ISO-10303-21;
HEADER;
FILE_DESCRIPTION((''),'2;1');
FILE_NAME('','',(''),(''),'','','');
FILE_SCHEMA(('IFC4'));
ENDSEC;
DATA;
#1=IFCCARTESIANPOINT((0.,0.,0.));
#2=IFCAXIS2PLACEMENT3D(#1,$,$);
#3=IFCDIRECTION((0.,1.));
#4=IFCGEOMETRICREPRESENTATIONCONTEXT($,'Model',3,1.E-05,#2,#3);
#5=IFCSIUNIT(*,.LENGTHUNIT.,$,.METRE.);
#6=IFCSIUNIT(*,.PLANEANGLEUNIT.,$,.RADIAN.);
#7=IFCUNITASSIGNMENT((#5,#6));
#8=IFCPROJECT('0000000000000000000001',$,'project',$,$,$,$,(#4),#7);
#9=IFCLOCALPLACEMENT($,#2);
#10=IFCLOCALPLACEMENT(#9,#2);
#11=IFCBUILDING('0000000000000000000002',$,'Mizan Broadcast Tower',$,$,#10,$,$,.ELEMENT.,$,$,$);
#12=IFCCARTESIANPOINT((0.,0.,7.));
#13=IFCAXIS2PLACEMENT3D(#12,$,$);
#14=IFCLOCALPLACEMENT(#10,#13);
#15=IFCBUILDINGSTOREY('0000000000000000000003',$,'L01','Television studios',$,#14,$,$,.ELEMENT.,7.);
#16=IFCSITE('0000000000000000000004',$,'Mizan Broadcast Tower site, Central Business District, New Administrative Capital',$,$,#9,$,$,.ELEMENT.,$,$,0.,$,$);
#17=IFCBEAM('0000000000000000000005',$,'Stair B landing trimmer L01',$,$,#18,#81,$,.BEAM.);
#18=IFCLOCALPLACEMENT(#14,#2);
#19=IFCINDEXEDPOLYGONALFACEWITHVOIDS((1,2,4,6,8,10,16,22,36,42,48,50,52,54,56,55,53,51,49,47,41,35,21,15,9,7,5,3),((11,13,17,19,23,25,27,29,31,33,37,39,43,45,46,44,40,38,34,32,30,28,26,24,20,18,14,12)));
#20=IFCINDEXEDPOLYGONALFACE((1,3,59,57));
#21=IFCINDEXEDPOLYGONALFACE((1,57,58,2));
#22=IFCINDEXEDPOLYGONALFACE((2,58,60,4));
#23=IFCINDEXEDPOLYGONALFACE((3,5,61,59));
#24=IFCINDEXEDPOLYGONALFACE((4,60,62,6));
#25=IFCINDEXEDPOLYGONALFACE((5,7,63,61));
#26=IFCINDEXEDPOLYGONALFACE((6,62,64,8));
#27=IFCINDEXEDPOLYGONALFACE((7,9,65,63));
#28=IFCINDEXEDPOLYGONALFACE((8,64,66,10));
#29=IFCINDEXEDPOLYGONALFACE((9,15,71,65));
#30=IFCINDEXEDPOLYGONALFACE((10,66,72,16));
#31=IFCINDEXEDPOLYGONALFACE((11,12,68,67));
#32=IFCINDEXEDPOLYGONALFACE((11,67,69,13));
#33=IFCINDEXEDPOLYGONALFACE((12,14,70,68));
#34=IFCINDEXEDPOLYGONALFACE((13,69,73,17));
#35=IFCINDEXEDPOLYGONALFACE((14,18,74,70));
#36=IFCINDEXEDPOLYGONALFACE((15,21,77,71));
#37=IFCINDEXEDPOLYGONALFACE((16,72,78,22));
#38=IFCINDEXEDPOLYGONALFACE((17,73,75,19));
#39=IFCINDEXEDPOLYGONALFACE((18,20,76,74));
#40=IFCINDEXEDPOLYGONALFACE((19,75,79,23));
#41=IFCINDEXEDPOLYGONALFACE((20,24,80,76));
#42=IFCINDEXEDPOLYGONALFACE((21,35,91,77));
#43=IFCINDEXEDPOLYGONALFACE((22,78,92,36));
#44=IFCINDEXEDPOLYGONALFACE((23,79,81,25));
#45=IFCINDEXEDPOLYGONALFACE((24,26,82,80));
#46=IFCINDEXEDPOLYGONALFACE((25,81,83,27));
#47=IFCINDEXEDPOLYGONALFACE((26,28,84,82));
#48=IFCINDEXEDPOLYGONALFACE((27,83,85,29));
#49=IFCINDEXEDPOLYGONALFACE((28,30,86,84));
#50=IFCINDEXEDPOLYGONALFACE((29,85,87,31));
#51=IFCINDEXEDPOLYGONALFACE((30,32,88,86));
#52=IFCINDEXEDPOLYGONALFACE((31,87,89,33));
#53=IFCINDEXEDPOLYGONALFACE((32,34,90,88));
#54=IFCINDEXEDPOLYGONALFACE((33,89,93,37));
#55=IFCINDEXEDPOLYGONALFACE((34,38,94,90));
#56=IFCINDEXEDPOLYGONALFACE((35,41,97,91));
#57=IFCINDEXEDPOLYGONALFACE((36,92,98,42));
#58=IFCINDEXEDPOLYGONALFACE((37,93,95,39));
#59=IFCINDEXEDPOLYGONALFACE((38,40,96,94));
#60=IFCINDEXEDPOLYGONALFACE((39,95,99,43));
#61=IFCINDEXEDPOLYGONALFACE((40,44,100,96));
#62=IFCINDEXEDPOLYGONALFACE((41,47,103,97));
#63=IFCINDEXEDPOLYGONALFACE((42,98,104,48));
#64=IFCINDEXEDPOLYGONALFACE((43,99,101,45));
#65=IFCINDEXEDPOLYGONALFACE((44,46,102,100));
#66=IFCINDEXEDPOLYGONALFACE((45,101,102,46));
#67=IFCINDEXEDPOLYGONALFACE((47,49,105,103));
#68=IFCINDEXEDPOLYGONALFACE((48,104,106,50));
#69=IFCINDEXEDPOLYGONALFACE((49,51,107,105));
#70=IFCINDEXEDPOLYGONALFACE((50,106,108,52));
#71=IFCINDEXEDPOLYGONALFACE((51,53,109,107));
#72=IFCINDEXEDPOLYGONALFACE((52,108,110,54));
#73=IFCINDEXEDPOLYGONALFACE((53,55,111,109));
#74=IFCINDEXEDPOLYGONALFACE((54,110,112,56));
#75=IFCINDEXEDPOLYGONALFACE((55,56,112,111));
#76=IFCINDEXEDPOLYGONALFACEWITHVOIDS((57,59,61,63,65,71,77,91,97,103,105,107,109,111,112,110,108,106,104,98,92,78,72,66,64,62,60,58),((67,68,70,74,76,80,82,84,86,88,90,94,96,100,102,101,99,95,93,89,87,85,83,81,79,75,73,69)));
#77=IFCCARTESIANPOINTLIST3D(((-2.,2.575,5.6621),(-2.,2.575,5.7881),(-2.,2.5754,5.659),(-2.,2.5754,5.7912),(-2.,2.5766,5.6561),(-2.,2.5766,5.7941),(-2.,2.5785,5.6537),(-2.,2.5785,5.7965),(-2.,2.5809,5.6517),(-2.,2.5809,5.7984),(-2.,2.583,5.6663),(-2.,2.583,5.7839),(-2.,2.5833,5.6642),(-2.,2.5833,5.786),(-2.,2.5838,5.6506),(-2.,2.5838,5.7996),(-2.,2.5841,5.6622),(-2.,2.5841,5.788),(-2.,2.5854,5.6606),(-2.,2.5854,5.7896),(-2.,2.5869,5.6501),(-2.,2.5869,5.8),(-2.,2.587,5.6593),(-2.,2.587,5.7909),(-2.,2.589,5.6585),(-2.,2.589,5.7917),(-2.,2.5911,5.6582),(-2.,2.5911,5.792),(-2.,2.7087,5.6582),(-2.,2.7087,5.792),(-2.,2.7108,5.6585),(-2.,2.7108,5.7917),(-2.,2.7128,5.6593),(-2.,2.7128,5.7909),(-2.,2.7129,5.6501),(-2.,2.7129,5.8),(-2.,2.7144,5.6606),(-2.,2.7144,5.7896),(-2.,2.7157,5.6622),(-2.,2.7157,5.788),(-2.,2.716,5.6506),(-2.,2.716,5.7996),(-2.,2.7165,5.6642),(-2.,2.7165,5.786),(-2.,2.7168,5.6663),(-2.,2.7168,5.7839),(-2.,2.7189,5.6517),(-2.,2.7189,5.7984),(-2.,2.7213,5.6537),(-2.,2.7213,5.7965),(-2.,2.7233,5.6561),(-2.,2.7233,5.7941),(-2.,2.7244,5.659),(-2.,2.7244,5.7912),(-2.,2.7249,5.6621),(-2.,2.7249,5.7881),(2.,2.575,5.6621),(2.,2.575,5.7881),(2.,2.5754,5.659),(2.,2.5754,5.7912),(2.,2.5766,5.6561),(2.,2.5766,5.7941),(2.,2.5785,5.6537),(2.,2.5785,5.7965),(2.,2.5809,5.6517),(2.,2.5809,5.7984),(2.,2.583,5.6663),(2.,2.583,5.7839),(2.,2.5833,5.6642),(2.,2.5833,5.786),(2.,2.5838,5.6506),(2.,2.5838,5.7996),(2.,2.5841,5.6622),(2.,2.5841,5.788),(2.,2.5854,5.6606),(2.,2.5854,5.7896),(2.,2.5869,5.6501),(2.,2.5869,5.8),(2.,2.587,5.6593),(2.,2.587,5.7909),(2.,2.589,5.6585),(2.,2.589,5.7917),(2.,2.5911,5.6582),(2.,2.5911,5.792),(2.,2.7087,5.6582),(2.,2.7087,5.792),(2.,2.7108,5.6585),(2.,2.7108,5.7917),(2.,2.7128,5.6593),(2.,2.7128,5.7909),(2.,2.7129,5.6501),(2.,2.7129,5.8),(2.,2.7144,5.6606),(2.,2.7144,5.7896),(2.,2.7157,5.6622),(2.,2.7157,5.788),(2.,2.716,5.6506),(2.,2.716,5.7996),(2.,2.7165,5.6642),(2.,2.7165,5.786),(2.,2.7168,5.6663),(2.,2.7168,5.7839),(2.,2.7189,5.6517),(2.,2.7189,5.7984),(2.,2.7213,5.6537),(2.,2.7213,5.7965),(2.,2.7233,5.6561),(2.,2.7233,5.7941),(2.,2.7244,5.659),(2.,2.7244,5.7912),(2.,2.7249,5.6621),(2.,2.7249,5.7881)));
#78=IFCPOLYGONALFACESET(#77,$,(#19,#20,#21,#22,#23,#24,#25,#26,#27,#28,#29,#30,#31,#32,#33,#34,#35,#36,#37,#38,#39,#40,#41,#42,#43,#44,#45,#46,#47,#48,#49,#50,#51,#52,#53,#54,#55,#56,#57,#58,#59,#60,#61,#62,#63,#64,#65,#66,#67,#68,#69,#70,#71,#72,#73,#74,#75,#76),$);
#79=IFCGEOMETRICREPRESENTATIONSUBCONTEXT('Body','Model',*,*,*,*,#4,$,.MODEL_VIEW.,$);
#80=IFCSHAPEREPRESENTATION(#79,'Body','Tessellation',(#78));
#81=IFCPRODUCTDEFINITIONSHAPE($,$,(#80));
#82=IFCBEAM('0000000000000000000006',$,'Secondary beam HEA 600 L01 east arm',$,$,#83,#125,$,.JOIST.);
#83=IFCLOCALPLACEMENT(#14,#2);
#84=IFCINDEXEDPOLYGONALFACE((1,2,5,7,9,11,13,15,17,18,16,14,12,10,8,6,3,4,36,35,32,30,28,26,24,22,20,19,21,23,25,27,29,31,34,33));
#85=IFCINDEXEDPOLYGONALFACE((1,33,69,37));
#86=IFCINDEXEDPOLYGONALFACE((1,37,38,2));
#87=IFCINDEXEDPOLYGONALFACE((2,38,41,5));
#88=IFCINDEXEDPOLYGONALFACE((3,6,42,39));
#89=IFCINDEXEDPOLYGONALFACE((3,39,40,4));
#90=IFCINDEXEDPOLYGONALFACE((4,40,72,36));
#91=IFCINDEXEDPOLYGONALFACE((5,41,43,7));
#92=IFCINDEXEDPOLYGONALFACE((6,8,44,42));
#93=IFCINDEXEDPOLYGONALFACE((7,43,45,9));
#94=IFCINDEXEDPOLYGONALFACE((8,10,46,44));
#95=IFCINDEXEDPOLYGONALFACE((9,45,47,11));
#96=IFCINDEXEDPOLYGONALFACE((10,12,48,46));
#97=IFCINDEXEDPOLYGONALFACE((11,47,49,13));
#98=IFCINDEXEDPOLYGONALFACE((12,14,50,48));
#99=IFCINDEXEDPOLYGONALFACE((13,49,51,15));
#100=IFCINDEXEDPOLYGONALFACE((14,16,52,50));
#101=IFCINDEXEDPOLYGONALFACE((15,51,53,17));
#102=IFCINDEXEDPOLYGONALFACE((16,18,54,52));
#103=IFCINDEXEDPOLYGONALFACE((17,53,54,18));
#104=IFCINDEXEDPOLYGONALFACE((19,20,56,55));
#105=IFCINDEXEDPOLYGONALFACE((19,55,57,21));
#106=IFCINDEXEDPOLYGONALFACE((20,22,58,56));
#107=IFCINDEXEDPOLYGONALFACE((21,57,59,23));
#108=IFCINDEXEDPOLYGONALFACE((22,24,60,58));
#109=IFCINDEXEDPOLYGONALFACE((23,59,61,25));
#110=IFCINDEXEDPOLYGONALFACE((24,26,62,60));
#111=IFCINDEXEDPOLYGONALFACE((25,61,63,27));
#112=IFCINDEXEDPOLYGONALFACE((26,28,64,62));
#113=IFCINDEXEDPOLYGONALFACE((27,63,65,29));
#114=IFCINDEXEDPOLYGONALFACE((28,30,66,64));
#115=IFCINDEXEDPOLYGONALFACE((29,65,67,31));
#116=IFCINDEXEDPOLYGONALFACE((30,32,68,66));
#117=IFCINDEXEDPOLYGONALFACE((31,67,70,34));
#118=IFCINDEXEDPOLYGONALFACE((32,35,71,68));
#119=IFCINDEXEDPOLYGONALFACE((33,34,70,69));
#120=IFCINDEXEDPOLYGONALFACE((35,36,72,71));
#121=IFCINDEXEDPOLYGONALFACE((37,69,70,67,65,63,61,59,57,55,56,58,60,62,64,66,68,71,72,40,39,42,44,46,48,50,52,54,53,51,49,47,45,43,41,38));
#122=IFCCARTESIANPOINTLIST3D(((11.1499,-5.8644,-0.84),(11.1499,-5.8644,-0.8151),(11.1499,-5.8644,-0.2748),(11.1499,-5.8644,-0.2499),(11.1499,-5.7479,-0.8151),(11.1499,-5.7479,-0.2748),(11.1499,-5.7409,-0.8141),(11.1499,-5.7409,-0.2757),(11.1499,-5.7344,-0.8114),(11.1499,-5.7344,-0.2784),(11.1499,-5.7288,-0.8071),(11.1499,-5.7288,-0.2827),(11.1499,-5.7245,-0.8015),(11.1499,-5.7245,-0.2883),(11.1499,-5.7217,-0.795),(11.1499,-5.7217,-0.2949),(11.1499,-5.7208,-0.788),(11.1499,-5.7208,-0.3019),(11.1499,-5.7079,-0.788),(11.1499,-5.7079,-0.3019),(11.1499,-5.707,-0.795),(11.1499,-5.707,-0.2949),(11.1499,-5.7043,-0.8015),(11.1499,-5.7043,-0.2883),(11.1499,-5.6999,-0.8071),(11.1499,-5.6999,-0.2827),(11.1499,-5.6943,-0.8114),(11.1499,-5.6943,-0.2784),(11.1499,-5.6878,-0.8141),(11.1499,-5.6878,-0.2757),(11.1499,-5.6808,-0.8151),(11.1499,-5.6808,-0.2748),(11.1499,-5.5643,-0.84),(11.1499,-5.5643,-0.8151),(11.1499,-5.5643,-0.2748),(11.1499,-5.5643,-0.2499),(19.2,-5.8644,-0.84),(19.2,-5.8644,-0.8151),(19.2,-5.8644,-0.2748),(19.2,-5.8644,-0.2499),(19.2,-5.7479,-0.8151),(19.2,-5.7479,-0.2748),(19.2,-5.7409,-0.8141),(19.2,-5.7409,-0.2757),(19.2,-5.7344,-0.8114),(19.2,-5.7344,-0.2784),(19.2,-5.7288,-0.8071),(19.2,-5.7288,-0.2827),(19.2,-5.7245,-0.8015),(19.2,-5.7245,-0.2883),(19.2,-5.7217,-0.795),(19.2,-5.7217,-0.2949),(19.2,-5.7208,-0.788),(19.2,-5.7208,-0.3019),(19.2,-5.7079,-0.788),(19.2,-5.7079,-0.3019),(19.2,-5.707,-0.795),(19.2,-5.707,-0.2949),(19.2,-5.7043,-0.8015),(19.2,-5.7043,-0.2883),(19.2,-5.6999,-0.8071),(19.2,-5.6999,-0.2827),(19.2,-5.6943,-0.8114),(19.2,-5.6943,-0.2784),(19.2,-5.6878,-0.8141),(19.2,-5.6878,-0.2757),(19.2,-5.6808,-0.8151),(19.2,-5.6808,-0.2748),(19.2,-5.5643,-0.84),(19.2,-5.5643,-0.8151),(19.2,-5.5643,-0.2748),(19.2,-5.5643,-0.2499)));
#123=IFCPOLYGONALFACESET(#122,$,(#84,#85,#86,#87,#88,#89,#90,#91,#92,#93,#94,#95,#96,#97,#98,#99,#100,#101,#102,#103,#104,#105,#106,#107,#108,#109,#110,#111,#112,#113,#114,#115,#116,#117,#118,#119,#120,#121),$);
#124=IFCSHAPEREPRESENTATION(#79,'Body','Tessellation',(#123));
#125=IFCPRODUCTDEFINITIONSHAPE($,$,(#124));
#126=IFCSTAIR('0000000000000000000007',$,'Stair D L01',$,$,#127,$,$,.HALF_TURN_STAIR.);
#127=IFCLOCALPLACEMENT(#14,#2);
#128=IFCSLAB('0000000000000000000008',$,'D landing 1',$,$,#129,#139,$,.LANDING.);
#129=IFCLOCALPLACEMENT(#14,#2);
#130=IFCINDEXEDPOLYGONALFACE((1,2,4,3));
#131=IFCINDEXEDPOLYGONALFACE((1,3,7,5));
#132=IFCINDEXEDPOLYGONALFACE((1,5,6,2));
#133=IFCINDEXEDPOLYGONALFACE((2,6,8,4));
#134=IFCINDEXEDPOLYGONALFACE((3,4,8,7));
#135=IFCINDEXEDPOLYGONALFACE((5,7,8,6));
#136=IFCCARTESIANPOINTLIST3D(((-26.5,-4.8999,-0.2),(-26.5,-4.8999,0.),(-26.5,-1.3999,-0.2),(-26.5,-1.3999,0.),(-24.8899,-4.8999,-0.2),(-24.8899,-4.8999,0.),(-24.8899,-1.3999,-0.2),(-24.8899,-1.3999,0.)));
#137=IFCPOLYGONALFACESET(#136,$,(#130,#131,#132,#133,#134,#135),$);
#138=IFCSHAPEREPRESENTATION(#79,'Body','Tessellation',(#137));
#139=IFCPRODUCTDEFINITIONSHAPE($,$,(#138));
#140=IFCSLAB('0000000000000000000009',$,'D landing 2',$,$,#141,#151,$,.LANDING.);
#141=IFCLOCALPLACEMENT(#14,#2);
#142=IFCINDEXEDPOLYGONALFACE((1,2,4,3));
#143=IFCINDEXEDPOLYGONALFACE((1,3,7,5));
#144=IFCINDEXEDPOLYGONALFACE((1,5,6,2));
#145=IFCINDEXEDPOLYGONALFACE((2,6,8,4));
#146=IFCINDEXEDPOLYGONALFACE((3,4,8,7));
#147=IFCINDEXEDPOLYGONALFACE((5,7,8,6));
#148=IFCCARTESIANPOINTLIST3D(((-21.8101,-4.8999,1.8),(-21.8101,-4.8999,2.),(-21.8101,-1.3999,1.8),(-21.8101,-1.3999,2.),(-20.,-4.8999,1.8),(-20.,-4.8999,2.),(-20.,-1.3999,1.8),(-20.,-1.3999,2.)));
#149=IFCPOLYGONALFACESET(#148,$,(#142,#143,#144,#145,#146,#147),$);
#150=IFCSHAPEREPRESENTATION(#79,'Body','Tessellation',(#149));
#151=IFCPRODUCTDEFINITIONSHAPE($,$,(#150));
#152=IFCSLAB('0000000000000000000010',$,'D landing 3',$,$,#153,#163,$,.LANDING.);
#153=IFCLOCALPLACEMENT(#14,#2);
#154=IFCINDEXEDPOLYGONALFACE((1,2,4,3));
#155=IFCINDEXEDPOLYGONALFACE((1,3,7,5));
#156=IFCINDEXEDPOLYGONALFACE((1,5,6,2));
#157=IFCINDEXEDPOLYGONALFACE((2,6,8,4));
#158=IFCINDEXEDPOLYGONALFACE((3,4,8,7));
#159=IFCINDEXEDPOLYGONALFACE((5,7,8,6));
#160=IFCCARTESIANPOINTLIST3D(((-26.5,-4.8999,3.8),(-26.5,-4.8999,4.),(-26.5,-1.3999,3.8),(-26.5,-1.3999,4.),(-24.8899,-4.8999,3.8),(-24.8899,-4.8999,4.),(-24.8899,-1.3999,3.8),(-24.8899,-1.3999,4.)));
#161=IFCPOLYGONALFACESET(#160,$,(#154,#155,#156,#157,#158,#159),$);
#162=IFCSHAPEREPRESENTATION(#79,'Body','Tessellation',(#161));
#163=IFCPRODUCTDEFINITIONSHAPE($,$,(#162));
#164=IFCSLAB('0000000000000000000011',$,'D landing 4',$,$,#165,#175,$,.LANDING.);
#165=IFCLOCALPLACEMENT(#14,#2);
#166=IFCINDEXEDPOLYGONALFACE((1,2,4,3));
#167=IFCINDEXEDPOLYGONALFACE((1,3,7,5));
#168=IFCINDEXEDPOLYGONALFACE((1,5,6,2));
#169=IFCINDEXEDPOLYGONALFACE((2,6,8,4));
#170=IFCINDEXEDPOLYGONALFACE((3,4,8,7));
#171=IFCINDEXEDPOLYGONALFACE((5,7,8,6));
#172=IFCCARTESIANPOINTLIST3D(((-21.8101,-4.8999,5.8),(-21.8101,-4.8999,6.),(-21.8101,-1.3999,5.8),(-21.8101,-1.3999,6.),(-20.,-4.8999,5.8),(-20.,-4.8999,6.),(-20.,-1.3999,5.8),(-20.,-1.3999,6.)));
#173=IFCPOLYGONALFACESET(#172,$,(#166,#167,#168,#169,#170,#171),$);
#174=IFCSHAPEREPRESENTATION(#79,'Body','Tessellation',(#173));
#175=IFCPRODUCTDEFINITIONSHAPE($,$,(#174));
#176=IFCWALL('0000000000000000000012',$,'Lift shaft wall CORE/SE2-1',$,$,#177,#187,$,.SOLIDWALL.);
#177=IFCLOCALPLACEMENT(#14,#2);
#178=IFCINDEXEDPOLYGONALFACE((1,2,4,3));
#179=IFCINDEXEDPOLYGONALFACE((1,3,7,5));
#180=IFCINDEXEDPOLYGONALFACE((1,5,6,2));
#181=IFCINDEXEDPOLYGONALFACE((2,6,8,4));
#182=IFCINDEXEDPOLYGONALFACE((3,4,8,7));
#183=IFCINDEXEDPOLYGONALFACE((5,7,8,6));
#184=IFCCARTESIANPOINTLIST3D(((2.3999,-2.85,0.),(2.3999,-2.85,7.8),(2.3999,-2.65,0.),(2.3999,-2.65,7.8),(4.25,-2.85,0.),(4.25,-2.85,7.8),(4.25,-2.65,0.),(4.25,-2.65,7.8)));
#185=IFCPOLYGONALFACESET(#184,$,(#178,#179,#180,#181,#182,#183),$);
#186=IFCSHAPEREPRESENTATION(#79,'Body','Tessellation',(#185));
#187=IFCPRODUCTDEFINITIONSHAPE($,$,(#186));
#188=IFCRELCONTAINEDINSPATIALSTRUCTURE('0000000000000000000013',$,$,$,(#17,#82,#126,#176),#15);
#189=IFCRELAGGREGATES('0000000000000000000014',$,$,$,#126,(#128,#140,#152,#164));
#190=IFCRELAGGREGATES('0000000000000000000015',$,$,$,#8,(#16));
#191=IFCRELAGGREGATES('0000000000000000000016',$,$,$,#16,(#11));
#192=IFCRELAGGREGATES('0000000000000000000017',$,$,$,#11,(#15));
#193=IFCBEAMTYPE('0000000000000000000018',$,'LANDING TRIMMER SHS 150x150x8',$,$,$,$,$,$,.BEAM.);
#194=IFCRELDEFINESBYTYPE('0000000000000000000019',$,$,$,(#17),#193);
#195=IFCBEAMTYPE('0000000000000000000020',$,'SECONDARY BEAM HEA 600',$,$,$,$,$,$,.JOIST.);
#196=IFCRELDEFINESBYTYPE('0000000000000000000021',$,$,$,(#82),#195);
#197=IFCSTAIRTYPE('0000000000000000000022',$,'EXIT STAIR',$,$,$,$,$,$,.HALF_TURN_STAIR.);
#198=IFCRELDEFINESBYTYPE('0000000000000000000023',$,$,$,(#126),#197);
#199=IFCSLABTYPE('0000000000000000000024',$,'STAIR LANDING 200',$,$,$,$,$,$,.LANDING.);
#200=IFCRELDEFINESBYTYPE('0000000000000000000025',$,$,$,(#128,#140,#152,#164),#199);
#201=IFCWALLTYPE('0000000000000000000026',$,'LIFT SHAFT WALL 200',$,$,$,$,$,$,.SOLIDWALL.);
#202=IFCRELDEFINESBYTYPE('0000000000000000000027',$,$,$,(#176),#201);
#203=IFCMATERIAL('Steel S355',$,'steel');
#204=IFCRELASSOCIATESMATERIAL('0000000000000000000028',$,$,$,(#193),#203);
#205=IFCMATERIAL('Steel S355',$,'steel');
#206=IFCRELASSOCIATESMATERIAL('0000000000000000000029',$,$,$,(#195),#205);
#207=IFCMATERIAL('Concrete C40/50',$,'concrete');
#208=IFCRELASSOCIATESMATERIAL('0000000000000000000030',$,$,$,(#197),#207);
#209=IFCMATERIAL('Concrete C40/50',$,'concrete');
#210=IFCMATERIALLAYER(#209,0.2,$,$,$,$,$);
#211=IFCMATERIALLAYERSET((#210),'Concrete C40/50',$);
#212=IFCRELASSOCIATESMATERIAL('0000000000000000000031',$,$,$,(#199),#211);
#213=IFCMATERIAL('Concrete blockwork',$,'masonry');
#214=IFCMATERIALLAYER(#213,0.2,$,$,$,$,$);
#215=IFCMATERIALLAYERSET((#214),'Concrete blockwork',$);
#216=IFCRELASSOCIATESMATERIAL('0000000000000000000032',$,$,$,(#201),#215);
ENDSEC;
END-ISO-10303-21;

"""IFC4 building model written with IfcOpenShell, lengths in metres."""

from ifc_helpers import new_model, si_unit, direction, frame, frame_2d, origin, origin_2d, place, context, subcontext, project, spatial, polyline, rectangle, hollow_rectangle, i_section, outline, extrude, material, layer, layer_set, material_profile, profile_set, type_object, element, aggregate, save


model = new_model("IFC4")

# Units and contexts
model_context = context("Model", 3, precision=1e-05, world=origin(), true_north=direction((0.0, 1.0)))
body_context = subcontext(model_context, "Body", "Model", "MODEL_VIEW")
ifc_project = project(units=[si_unit("LENGTHUNIT", "METRE"), si_unit("PLANEANGLEUNIT", "RADIAN")], contexts=[model_context])

# Site, building, storey
site_placement = place(None, origin())
site = spatial("IfcSite", under=ifc_project, at=site_placement, Name="Mizan Broadcast Tower site, Central Business District, New Administrative Capital", CompositionType="ELEMENT", RefElevation=0.0)
building_placement = place(site_placement, origin())
building = spatial("IfcBuilding", under=site, at=building_placement, Name="Mizan Broadcast Tower", CompositionType="ELEMENT")
storey_placement = place(building_placement, frame((0.0, 0.0, 7.0)))
storey = spatial("IfcBuildingStorey", under=building, at=storey_placement, Name="L01", Description="Television studios", CompositionType="ELEMENT", Elevation=7.0)

# Beams
ifc_material_1 = material(Name="Steel S355", Category="steel")
ifc_material_profile_1 = material_profile(ifc_material_1, hollow_rectangle(XDim=0.1499, YDim=0.1499, WallThickness=0.0081, InnerFilletRadius=0.0081, OuterFilletRadius=0.012, at=origin_2d()), Name="SHS 150x150x8")
ifc_profile_set_1 = profile_set([ifc_material_profile_1], Name="Steel S355")
beam_type_1 = type_object("IfcBeamType", Name="LANDING TRIMMER SHS 150x150x8", PredefinedType="BEAM", material=ifc_profile_set_1)
for number, where, z_axis, x_axis, name in (
    (1, (2.0, 2.6499, 5.7251), (-1.0, 0.0, 0.0), (0.0, -1.0, 0.0), "Stair B landing trimmer L01"),
):
    element("IfcBeam", number, at=place(storey_placement, frame(where, z_axis=z_axis, x_axis=x_axis)), inside=storey, type_object=beam_type_1, Name=name, PredefinedType="BEAM", context=body_context, shape_type="SweptSolid", body=[
        extrude(hollow_rectangle(XDim=0.1499, YDim=0.1499, WallThickness=0.0081, InnerFilletRadius=0.0081, OuterFilletRadius=0.012, at=origin_2d()), origin(), (0.0, 0.0, 1.0), 4.0),
    ])
ifc_material_2 = material(Name="Steel S355", Category="steel")
ifc_material_profile_2 = material_profile(ifc_material_2, i_section(OverallWidth=0.3, OverallDepth=0.5901, WebThickness=0.0129, FlangeThickness=0.0249, FilletRadius=0.0271, at=origin_2d()), Name="HEA 600")
ifc_profile_set_2 = profile_set([ifc_material_profile_2], Name="Steel S355")
beam_type_2 = type_object("IfcBeamType", Name="SECONDARY BEAM HEA 600", PredefinedType="JOIST", material=ifc_profile_set_2)
beam_placement = place(storey_placement, frame((11.1499, -5.7144, -0.5449), z_axis=(1.0, 0.0, 0.0), x_axis=(0.0, 1.0, 0.0)))
element("IfcBeam", 2, at=beam_placement, inside=storey, type_object=beam_type_2, Name="Secondary beam HEA 600 L01 east arm", PredefinedType="JOIST", context=body_context, shape_type="SweptSolid", body=[
    extrude(i_section(OverallWidth=0.3, OverallDepth=0.5901, WebThickness=0.0129, FlangeThickness=0.0249, FilletRadius=0.0271, at=origin_2d()), origin(), (0.0, 0.0, 1.0), 8.05),
])

# Stair, slabs
ifc_material_3 = material(Name="Concrete C40/50", Category="concrete")
stair_type = type_object("IfcStairType", Name="EXIT STAIR", PredefinedType="HALF_TURN_STAIR", material=ifc_material_3)
stair_1_placement = place(storey_placement, origin())
stair_1 = element("IfcStair", 3, at=stair_1_placement, inside=storey, type_object=stair_type, Name="Stair D L01", PredefinedType="HALF_TURN_STAIR")
ifc_material_4 = material(Name="Concrete C40/50", Category="concrete")
ifc_layer_1 = layer(ifc_material_4, 0.2)
ifc_layer_set_1 = layer_set([ifc_layer_1], Name="Concrete C40/50")
slab_type = type_object("IfcSlabType", Name="STAIR LANDING 200", PredefinedType="LANDING", material=ifc_layer_set_1)
slab_1_placement = place(storey_placement, frame((0.0, 0.0, -0.2)))
slab_1 = element("IfcSlab", 4, at=slab_1_placement, type_object=slab_type, Name="D landing 1", PredefinedType="LANDING", context=body_context, shape_type="SweptSolid", body=[
    extrude(outline(polyline([(-26.5, -1.3999), (-24.8899, -1.3999), (-24.8899, -4.8999), (-26.5, -4.8999), (-26.5, -1.3999)])), origin(), (0.0, 0.0, 1.0), 0.2),
])
slab_2_placement = place(storey_placement, frame((0.0, 0.0, 1.8)))
slab_2 = element("IfcSlab", 5, at=slab_2_placement, type_object=slab_type, Name="D landing 2", PredefinedType="LANDING", context=body_context, shape_type="SweptSolid", body=[
    extrude(outline(polyline([(-21.8101, -1.3999), (-20.0, -1.3999), (-20.0, -4.8999), (-21.8101, -4.8999), (-21.8101, -1.3999)])), origin(), (0.0, 0.0, 1.0), 0.2),
])
slab_3_placement = place(storey_placement, frame((0.0, 0.0, 3.8)))
slab_3 = element("IfcSlab", 6, at=slab_3_placement, type_object=slab_type, Name="D landing 3", PredefinedType="LANDING", context=body_context, shape_type="SweptSolid", body=[
    extrude(outline(polyline([(-26.5, -1.3999), (-24.8899, -1.3999), (-24.8899, -4.8999), (-26.5, -4.8999), (-26.5, -1.3999)])), origin(), (0.0, 0.0, 1.0), 0.2),
])
slab_4_placement = place(storey_placement, frame((0.0, 0.0, 5.8)))
slab_4 = element("IfcSlab", 7, at=slab_4_placement, type_object=slab_type, Name="D landing 4", PredefinedType="LANDING", context=body_context, shape_type="SweptSolid", body=[
    extrude(outline(polyline([(-21.8101, -1.3999), (-20.0, -1.3999), (-20.0, -4.8999), (-21.8101, -4.8999), (-21.8101, -1.3999)])), origin(), (0.0, 0.0, 1.0), 0.2),
])
aggregate(stair_1, [slab_1, slab_2, slab_3, slab_4])

# Wall
ifc_material_5 = material(Name="Concrete blockwork", Category="masonry")
ifc_layer_2 = layer(ifc_material_5, 0.2)
ifc_layer_set_2 = layer_set([ifc_layer_2], Name="Concrete blockwork")
wall_type_1 = type_object("IfcWallType", Name="LIFT SHAFT WALL 200", PredefinedType="SOLIDWALL", material=ifc_layer_set_2)
wall_1_placement = place(storey_placement, frame((2.3999, -2.75, 0.0), z_axis=(0.0, 0.0, 1.0), x_axis=(1.0, 0.0, 0.0)))
element("IfcWall", 8, at=wall_1_placement, inside=storey, type_object=wall_type_1, Name="Lift shaft wall CORE/SE2-1", PredefinedType="SOLIDWALL", context=body_context, shape_type="SweptSolid", body=[
    extrude(rectangle(XDim=1.8501, YDim=0.2, at=frame_2d((0.925, 0.0))), origin(), (0.0, 0.0, 1.0), 7.8),
])

save(model, "model.ifc")
